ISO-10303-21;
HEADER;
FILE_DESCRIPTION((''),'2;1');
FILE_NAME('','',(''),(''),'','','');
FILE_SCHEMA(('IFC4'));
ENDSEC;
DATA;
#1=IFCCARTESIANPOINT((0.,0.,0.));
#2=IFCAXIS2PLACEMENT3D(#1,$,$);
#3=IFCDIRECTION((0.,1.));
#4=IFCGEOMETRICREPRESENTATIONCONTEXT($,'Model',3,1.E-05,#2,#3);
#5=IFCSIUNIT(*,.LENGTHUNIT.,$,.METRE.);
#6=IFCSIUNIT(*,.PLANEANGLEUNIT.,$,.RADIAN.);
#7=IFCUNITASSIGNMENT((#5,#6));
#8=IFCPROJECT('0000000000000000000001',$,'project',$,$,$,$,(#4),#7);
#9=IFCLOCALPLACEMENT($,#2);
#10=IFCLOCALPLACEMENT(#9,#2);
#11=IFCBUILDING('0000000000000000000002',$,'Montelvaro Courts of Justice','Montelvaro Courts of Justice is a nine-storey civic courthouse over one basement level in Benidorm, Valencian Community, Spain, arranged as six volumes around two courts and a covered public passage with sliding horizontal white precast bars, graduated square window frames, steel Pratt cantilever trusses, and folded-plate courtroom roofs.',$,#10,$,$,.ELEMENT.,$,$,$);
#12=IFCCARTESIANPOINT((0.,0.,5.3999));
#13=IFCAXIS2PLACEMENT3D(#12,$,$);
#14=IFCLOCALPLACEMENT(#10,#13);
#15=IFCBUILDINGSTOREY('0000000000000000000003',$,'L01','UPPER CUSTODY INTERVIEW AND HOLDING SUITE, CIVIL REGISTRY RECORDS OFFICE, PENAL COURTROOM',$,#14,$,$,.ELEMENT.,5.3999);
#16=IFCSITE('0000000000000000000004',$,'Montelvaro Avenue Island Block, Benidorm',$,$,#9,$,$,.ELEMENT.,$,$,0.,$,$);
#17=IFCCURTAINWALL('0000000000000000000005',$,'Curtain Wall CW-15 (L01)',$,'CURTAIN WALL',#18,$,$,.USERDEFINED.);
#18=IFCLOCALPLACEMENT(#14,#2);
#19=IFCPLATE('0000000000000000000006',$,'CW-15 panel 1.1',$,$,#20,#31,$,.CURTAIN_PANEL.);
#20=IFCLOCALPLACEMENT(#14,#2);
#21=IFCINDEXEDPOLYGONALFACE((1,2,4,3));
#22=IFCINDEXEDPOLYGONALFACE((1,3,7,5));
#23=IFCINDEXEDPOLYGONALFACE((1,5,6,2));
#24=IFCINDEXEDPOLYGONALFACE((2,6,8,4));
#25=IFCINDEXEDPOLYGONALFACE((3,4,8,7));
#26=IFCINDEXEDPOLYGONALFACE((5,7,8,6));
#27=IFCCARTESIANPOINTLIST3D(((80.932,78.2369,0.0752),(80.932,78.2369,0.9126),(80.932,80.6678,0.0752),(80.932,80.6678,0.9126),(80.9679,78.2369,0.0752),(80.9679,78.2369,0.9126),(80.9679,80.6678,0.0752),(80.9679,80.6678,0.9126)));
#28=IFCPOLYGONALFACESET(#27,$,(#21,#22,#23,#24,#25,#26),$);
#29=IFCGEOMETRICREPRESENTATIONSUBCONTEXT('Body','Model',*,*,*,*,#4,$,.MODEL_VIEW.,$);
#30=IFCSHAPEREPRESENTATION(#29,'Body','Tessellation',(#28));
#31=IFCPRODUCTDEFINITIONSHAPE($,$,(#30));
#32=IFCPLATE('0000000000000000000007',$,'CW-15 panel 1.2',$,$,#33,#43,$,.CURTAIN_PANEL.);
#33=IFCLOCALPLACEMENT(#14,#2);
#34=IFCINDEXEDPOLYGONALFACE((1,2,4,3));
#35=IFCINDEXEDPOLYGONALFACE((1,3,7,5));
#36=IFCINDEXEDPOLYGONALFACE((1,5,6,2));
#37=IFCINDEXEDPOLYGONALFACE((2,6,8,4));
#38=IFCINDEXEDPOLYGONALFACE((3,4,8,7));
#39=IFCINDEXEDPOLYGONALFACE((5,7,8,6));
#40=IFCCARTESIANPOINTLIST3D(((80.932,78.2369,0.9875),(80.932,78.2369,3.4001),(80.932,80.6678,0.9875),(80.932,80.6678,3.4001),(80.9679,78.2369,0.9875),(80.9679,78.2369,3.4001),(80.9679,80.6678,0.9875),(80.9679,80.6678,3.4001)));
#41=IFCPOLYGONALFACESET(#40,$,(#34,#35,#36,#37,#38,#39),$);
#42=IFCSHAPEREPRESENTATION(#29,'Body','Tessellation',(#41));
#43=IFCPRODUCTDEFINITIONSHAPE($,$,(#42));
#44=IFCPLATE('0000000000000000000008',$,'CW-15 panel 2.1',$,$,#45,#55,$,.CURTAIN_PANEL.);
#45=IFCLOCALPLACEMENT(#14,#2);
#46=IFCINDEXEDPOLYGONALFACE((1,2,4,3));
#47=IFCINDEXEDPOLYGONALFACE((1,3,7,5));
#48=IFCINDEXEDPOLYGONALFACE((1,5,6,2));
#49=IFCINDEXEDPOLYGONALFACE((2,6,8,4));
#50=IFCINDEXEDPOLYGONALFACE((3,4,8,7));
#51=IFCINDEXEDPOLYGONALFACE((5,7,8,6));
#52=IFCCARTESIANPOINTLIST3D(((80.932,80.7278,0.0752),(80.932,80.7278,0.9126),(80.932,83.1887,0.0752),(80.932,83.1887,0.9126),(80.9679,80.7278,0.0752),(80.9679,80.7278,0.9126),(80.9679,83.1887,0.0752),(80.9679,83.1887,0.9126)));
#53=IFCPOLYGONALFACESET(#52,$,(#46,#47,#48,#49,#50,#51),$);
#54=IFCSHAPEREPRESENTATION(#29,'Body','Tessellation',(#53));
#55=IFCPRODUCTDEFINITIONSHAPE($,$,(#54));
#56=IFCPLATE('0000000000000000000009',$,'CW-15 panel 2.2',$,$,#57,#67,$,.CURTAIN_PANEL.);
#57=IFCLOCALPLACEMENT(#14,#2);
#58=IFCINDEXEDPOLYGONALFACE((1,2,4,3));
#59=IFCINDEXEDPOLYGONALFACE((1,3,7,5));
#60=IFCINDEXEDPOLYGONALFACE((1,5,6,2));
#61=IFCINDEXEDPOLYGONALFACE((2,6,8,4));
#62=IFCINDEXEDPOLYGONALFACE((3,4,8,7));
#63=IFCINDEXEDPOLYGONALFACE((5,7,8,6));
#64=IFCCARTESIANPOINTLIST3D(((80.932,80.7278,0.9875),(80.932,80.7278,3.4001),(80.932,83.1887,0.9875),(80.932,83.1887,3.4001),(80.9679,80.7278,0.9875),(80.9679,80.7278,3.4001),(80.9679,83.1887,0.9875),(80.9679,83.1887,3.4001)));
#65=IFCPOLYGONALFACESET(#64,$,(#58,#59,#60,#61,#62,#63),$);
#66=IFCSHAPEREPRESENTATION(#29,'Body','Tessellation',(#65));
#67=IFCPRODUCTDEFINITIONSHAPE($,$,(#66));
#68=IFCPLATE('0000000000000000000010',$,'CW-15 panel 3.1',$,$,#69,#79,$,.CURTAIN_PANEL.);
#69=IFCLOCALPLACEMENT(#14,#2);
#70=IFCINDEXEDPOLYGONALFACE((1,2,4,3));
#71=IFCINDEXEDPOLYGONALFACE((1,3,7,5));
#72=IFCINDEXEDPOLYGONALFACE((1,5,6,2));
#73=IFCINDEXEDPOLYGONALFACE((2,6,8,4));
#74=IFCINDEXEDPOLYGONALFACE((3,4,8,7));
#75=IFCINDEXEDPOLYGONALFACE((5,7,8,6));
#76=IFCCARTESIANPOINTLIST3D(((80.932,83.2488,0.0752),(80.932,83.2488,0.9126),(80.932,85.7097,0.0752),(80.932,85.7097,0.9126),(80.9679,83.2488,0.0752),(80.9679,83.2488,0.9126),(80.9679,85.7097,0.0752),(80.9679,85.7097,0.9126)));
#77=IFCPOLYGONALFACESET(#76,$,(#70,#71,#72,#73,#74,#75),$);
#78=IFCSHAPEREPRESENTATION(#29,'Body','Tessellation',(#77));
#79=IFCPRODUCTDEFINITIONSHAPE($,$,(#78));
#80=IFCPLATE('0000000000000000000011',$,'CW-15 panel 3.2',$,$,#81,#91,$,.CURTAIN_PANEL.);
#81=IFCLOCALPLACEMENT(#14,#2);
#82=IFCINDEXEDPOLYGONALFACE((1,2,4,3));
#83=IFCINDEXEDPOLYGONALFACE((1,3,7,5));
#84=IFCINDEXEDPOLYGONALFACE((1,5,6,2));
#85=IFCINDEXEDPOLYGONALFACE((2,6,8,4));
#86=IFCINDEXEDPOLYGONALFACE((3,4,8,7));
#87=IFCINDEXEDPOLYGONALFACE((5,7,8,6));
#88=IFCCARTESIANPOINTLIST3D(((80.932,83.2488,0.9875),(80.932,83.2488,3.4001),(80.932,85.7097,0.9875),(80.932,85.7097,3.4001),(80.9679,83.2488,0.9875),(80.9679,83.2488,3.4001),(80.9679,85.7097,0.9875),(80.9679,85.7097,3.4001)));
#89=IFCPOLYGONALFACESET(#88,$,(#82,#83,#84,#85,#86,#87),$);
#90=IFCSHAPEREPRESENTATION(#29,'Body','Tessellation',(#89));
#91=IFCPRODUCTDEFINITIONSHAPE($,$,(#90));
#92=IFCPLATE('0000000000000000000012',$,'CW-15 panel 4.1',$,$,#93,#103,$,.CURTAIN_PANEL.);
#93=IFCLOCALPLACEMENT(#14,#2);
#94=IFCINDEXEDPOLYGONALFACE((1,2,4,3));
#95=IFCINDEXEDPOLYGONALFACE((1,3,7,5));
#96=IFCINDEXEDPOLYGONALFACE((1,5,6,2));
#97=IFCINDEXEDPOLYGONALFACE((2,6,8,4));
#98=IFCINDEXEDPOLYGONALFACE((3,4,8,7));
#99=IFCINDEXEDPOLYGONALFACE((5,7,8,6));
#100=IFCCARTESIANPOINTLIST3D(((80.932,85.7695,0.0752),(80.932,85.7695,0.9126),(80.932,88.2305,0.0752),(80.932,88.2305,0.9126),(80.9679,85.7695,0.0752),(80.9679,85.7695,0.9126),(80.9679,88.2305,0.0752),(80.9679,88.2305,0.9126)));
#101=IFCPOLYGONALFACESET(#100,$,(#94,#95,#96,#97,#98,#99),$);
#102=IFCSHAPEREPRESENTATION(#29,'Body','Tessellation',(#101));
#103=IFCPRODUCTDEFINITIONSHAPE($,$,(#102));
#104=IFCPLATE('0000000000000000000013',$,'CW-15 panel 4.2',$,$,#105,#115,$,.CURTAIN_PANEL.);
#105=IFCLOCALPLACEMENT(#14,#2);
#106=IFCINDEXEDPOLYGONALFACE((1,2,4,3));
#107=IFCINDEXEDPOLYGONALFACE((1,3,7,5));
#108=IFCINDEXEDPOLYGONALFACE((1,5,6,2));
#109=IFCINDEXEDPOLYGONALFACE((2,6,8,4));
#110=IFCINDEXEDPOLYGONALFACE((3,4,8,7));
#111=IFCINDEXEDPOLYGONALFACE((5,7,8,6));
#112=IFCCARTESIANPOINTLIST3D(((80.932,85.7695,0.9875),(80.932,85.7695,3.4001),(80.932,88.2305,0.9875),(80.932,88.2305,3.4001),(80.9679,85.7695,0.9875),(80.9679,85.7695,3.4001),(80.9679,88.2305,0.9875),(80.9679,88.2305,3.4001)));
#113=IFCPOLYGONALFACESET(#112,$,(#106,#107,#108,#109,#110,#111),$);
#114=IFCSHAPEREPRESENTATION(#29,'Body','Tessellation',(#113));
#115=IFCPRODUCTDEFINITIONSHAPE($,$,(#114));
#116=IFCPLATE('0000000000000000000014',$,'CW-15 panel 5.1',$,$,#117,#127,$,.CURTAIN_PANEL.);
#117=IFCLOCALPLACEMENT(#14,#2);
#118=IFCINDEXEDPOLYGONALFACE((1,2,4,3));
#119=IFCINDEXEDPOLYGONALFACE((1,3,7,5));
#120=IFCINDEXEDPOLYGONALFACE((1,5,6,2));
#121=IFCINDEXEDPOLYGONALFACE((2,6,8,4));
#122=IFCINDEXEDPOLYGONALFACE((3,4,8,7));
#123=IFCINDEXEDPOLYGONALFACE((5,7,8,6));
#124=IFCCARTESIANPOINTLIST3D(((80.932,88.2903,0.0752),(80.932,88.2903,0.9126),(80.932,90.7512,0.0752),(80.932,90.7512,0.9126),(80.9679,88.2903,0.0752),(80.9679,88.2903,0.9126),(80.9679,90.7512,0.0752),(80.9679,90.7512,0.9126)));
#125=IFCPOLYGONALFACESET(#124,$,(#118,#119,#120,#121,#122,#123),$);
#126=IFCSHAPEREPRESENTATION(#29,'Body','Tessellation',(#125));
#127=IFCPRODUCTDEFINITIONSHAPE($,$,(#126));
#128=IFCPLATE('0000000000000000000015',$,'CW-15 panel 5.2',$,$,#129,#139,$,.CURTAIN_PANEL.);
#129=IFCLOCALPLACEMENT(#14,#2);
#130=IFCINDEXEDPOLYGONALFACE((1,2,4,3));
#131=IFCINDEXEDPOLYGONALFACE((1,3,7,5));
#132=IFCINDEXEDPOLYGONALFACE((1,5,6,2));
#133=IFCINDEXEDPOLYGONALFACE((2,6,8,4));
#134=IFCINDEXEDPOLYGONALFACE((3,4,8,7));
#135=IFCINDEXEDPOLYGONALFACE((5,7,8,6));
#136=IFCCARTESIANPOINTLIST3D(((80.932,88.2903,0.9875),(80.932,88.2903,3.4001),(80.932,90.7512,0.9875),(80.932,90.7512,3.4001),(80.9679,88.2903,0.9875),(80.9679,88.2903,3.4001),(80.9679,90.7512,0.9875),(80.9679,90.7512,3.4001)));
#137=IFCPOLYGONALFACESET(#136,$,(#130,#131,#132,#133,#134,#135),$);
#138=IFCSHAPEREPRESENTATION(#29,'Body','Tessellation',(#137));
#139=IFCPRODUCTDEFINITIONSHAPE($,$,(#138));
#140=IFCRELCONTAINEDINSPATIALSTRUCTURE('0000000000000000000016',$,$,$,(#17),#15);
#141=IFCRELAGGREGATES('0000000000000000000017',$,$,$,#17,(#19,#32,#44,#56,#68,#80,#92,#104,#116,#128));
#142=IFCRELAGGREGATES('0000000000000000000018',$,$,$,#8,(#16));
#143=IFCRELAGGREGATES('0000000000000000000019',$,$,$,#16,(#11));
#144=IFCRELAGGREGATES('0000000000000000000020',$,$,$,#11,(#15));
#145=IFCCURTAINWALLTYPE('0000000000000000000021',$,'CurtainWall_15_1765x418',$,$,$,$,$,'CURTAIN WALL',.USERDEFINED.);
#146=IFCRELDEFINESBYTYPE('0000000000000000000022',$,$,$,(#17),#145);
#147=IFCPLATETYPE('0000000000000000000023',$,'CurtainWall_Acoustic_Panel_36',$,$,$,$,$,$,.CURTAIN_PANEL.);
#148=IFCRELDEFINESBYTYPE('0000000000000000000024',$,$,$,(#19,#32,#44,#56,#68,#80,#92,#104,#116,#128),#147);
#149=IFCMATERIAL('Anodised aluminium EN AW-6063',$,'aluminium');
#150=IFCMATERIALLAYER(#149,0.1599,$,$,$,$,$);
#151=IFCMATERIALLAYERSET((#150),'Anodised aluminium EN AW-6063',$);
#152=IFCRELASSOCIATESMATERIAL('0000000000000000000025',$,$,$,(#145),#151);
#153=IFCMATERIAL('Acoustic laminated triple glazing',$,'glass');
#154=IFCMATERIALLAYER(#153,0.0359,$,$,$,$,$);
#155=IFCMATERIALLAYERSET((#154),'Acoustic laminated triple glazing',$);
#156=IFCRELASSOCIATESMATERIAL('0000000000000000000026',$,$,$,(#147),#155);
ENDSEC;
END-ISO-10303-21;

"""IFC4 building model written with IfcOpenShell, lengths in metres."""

from ifc_helpers import new_model, si_unit, direction, frame, origin, origin_2d, place, context, subcontext, project, spatial, rectangle, extrude, material, layer, layer_set, type_object, element, aggregate, save


model = new_model("IFC4")

# Units and contexts
model_context = context("Model", 3, precision=1e-05, world=origin(), true_north=direction((0.0, 1.0)))
body_context = subcontext(model_context, "Body", "Model", "MODEL_VIEW")
ifc_project = project(units=[si_unit("LENGTHUNIT", "METRE"), si_unit("PLANEANGLEUNIT", "RADIAN")], contexts=[model_context])

# Site, building, storey
site_placement = place(None, origin())
site = spatial("IfcSite", under=ifc_project, at=site_placement, Name="Montelvaro Avenue Island Block, Benidorm", CompositionType="ELEMENT", RefElevation=0.0)
building_placement = place(site_placement, origin())
building = spatial("IfcBuilding", under=site, at=building_placement, Name="Montelvaro Courts of Justice", Description="Montelvaro Courts of Justice is a nine-storey civic courthouse over one basement level in Benidorm, Valencian Community, Spain, arranged as six volumes around two courts and a covered public passage with sliding horizontal white precast bars, graduated square window frames, steel Pratt cantilever trusses, and folded-plate courtroom roofs.", CompositionType="ELEMENT")
storey_placement = place(building_placement, frame((0.0, 0.0, 5.3999)))
storey = spatial("IfcBuildingStorey", under=building, at=storey_placement, Name="L01", Description="UPPER CUSTODY INTERVIEW AND HOLDING SUITE, CIVIL REGISTRY RECORDS OFFICE, PENAL COURTROOM", CompositionType="ELEMENT", Elevation=5.3999)

# Curtain wall, plates
ifc_material_1 = material(Name="Anodised aluminium EN AW-6063", Category="aluminium")
ifc_layer_1 = layer(ifc_material_1, 0.1599)
ifc_layer_set_1 = layer_set([ifc_layer_1], Name="Anodised aluminium EN AW-6063")
curtain_wall_type = type_object("IfcCurtainWallType", Name="CurtainWall_15_1765x418", ElementType="CURTAIN WALL", PredefinedType="USERDEFINED", material=ifc_layer_set_1)
curtain_wall_placement = place(storey_placement, origin())
curtain_wall = element("IfcCurtainWall", 1, at=curtain_wall_placement, inside=storey, type_object=curtain_wall_type, Name="Curtain Wall CW-15 (L01)", ObjectType="CURTAIN WALL", PredefinedType="USERDEFINED")
ifc_material_2 = material(Name="Acoustic laminated triple glazing", Category="glass")
ifc_layer_2 = layer(ifc_material_2, 0.0359)
ifc_layer_set_2 = layer_set([ifc_layer_2], Name="Acoustic laminated triple glazing")
plate_type = type_object("IfcPlateType", Name="CurtainWall_Acoustic_Panel_36", PredefinedType="CURTAIN_PANEL", material=ifc_layer_set_2)
plate_1_placement = place(storey_placement, frame((80.95, 79.4524, 0.0752), z_axis=(0.0, 0.0, 1.0), x_axis=(0.0, 1.0, 0.0)))
plate_1 = element("IfcPlate", 2, at=plate_1_placement, type_object=plate_type, Name="CW-15 panel 1.1", PredefinedType="CURTAIN_PANEL", context=body_context, shape_type="SweptSolid", body=[
    extrude(rectangle(XDim=2.4309, YDim=0.0359, at=origin_2d()), origin(), (0.0, 0.0, 1.0), 0.8374),
])
plate_2_placement = place(storey_placement, frame((80.95, 79.4524, 0.9875), z_axis=(0.0, 0.0, 1.0), x_axis=(0.0, 1.0, 0.0)))
plate_2 = element("IfcPlate", 3, at=plate_2_placement, type_object=plate_type, Name="CW-15 panel 1.2", PredefinedType="CURTAIN_PANEL", context=body_context, shape_type="SweptSolid", body=[
    extrude(rectangle(XDim=2.4309, YDim=0.0359, at=origin_2d()), origin(), (0.0, 0.0, 1.0), 2.4126),
])
plate_3_placement = place(storey_placement, frame((80.95, 81.9583, 0.0752), z_axis=(0.0, 0.0, 1.0), x_axis=(0.0, 1.0, 0.0)))
plate_3 = element("IfcPlate", 4, at=plate_3_placement, type_object=plate_type, Name="CW-15 panel 2.1", PredefinedType="CURTAIN_PANEL", context=body_context, shape_type="SweptSolid", body=[
    extrude(rectangle(XDim=2.4609, YDim=0.0359, at=origin_2d()), origin(), (0.0, 0.0, 1.0), 0.8374),
])
plate_4_placement = place(storey_placement, frame((80.95, 81.9583, 0.9875), z_axis=(0.0, 0.0, 1.0), x_axis=(0.0, 1.0, 0.0)))
plate_4 = element("IfcPlate", 5, at=plate_4_placement, type_object=plate_type, Name="CW-15 panel 2.2", PredefinedType="CURTAIN_PANEL", context=body_context, shape_type="SweptSolid", body=[
    extrude(rectangle(XDim=2.4609, YDim=0.0359, at=origin_2d()), origin(), (0.0, 0.0, 1.0), 2.4126),
])
plate_5_placement = place(storey_placement, frame((80.95, 84.4792, 0.0752), z_axis=(0.0, 0.0, 1.0), x_axis=(0.0, 1.0, 0.0)))
plate_5 = element("IfcPlate", 6, at=plate_5_placement, type_object=plate_type, Name="CW-15 panel 3.1", PredefinedType="CURTAIN_PANEL", context=body_context, shape_type="SweptSolid", body=[
    extrude(rectangle(XDim=2.4609, YDim=0.0359, at=origin_2d()), origin(), (0.0, 0.0, 1.0), 0.8374),
])
plate_6_placement = place(storey_placement, frame((80.95, 84.4792, 0.9875), z_axis=(0.0, 0.0, 1.0), x_axis=(0.0, 1.0, 0.0)))
plate_6 = element("IfcPlate", 7, at=plate_6_placement, type_object=plate_type, Name="CW-15 panel 3.2", PredefinedType="CURTAIN_PANEL", context=body_context, shape_type="SweptSolid", body=[
    extrude(rectangle(XDim=2.4609, YDim=0.0359, at=origin_2d()), origin(), (0.0, 0.0, 1.0), 2.4126),
])
plate_7_placement = place(storey_placement, frame((80.95, 87.0, 0.0752), z_axis=(0.0, 0.0, 1.0), x_axis=(0.0, 1.0, 0.0)))
plate_7 = element("IfcPlate", 8, at=plate_7_placement, type_object=plate_type, Name="CW-15 panel 4.1", PredefinedType="CURTAIN_PANEL", context=body_context, shape_type="SweptSolid", body=[
    extrude(rectangle(XDim=2.4609, YDim=0.0359, at=origin_2d()), origin(), (0.0, 0.0, 1.0), 0.8374),
])
plate_8_placement = place(storey_placement, frame((80.95, 87.0, 0.9875), z_axis=(0.0, 0.0, 1.0), x_axis=(0.0, 1.0, 0.0)))
plate_8 = element("IfcPlate", 9, at=plate_8_placement, type_object=plate_type, Name="CW-15 panel 4.2", PredefinedType="CURTAIN_PANEL", context=body_context, shape_type="SweptSolid", body=[
    extrude(rectangle(XDim=2.4609, YDim=0.0359, at=origin_2d()), origin(), (0.0, 0.0, 1.0), 2.4126),
])
plate_9_placement = place(storey_placement, frame((80.95, 89.5208, 0.0752), z_axis=(0.0, 0.0, 1.0), x_axis=(0.0, 1.0, 0.0)))
plate_9 = element("IfcPlate", 10, at=plate_9_placement, type_object=plate_type, Name="CW-15 panel 5.1", PredefinedType="CURTAIN_PANEL", context=body_context, shape_type="SweptSolid", body=[
    extrude(rectangle(XDim=2.4609, YDim=0.0359, at=origin_2d()), origin(), (0.0, 0.0, 1.0), 0.8374),
])
plate_10_placement = place(storey_placement, frame((80.95, 89.5208, 0.9875), z_axis=(0.0, 0.0, 1.0), x_axis=(0.0, 1.0, 0.0)))
plate_10 = element("IfcPlate", 11, at=plate_10_placement, type_object=plate_type, Name="CW-15 panel 5.2", PredefinedType="CURTAIN_PANEL", context=body_context, shape_type="SweptSolid", body=[
    extrude(rectangle(XDim=2.4609, YDim=0.0359, at=origin_2d()), origin(), (0.0, 0.0, 1.0), 2.4126),
])
aggregate(curtain_wall, [plate_1, plate_2, plate_3, plate_4, plate_5, plate_6, plate_7, plate_8, plate_9, plate_10])

save(model, "model.ifc")
